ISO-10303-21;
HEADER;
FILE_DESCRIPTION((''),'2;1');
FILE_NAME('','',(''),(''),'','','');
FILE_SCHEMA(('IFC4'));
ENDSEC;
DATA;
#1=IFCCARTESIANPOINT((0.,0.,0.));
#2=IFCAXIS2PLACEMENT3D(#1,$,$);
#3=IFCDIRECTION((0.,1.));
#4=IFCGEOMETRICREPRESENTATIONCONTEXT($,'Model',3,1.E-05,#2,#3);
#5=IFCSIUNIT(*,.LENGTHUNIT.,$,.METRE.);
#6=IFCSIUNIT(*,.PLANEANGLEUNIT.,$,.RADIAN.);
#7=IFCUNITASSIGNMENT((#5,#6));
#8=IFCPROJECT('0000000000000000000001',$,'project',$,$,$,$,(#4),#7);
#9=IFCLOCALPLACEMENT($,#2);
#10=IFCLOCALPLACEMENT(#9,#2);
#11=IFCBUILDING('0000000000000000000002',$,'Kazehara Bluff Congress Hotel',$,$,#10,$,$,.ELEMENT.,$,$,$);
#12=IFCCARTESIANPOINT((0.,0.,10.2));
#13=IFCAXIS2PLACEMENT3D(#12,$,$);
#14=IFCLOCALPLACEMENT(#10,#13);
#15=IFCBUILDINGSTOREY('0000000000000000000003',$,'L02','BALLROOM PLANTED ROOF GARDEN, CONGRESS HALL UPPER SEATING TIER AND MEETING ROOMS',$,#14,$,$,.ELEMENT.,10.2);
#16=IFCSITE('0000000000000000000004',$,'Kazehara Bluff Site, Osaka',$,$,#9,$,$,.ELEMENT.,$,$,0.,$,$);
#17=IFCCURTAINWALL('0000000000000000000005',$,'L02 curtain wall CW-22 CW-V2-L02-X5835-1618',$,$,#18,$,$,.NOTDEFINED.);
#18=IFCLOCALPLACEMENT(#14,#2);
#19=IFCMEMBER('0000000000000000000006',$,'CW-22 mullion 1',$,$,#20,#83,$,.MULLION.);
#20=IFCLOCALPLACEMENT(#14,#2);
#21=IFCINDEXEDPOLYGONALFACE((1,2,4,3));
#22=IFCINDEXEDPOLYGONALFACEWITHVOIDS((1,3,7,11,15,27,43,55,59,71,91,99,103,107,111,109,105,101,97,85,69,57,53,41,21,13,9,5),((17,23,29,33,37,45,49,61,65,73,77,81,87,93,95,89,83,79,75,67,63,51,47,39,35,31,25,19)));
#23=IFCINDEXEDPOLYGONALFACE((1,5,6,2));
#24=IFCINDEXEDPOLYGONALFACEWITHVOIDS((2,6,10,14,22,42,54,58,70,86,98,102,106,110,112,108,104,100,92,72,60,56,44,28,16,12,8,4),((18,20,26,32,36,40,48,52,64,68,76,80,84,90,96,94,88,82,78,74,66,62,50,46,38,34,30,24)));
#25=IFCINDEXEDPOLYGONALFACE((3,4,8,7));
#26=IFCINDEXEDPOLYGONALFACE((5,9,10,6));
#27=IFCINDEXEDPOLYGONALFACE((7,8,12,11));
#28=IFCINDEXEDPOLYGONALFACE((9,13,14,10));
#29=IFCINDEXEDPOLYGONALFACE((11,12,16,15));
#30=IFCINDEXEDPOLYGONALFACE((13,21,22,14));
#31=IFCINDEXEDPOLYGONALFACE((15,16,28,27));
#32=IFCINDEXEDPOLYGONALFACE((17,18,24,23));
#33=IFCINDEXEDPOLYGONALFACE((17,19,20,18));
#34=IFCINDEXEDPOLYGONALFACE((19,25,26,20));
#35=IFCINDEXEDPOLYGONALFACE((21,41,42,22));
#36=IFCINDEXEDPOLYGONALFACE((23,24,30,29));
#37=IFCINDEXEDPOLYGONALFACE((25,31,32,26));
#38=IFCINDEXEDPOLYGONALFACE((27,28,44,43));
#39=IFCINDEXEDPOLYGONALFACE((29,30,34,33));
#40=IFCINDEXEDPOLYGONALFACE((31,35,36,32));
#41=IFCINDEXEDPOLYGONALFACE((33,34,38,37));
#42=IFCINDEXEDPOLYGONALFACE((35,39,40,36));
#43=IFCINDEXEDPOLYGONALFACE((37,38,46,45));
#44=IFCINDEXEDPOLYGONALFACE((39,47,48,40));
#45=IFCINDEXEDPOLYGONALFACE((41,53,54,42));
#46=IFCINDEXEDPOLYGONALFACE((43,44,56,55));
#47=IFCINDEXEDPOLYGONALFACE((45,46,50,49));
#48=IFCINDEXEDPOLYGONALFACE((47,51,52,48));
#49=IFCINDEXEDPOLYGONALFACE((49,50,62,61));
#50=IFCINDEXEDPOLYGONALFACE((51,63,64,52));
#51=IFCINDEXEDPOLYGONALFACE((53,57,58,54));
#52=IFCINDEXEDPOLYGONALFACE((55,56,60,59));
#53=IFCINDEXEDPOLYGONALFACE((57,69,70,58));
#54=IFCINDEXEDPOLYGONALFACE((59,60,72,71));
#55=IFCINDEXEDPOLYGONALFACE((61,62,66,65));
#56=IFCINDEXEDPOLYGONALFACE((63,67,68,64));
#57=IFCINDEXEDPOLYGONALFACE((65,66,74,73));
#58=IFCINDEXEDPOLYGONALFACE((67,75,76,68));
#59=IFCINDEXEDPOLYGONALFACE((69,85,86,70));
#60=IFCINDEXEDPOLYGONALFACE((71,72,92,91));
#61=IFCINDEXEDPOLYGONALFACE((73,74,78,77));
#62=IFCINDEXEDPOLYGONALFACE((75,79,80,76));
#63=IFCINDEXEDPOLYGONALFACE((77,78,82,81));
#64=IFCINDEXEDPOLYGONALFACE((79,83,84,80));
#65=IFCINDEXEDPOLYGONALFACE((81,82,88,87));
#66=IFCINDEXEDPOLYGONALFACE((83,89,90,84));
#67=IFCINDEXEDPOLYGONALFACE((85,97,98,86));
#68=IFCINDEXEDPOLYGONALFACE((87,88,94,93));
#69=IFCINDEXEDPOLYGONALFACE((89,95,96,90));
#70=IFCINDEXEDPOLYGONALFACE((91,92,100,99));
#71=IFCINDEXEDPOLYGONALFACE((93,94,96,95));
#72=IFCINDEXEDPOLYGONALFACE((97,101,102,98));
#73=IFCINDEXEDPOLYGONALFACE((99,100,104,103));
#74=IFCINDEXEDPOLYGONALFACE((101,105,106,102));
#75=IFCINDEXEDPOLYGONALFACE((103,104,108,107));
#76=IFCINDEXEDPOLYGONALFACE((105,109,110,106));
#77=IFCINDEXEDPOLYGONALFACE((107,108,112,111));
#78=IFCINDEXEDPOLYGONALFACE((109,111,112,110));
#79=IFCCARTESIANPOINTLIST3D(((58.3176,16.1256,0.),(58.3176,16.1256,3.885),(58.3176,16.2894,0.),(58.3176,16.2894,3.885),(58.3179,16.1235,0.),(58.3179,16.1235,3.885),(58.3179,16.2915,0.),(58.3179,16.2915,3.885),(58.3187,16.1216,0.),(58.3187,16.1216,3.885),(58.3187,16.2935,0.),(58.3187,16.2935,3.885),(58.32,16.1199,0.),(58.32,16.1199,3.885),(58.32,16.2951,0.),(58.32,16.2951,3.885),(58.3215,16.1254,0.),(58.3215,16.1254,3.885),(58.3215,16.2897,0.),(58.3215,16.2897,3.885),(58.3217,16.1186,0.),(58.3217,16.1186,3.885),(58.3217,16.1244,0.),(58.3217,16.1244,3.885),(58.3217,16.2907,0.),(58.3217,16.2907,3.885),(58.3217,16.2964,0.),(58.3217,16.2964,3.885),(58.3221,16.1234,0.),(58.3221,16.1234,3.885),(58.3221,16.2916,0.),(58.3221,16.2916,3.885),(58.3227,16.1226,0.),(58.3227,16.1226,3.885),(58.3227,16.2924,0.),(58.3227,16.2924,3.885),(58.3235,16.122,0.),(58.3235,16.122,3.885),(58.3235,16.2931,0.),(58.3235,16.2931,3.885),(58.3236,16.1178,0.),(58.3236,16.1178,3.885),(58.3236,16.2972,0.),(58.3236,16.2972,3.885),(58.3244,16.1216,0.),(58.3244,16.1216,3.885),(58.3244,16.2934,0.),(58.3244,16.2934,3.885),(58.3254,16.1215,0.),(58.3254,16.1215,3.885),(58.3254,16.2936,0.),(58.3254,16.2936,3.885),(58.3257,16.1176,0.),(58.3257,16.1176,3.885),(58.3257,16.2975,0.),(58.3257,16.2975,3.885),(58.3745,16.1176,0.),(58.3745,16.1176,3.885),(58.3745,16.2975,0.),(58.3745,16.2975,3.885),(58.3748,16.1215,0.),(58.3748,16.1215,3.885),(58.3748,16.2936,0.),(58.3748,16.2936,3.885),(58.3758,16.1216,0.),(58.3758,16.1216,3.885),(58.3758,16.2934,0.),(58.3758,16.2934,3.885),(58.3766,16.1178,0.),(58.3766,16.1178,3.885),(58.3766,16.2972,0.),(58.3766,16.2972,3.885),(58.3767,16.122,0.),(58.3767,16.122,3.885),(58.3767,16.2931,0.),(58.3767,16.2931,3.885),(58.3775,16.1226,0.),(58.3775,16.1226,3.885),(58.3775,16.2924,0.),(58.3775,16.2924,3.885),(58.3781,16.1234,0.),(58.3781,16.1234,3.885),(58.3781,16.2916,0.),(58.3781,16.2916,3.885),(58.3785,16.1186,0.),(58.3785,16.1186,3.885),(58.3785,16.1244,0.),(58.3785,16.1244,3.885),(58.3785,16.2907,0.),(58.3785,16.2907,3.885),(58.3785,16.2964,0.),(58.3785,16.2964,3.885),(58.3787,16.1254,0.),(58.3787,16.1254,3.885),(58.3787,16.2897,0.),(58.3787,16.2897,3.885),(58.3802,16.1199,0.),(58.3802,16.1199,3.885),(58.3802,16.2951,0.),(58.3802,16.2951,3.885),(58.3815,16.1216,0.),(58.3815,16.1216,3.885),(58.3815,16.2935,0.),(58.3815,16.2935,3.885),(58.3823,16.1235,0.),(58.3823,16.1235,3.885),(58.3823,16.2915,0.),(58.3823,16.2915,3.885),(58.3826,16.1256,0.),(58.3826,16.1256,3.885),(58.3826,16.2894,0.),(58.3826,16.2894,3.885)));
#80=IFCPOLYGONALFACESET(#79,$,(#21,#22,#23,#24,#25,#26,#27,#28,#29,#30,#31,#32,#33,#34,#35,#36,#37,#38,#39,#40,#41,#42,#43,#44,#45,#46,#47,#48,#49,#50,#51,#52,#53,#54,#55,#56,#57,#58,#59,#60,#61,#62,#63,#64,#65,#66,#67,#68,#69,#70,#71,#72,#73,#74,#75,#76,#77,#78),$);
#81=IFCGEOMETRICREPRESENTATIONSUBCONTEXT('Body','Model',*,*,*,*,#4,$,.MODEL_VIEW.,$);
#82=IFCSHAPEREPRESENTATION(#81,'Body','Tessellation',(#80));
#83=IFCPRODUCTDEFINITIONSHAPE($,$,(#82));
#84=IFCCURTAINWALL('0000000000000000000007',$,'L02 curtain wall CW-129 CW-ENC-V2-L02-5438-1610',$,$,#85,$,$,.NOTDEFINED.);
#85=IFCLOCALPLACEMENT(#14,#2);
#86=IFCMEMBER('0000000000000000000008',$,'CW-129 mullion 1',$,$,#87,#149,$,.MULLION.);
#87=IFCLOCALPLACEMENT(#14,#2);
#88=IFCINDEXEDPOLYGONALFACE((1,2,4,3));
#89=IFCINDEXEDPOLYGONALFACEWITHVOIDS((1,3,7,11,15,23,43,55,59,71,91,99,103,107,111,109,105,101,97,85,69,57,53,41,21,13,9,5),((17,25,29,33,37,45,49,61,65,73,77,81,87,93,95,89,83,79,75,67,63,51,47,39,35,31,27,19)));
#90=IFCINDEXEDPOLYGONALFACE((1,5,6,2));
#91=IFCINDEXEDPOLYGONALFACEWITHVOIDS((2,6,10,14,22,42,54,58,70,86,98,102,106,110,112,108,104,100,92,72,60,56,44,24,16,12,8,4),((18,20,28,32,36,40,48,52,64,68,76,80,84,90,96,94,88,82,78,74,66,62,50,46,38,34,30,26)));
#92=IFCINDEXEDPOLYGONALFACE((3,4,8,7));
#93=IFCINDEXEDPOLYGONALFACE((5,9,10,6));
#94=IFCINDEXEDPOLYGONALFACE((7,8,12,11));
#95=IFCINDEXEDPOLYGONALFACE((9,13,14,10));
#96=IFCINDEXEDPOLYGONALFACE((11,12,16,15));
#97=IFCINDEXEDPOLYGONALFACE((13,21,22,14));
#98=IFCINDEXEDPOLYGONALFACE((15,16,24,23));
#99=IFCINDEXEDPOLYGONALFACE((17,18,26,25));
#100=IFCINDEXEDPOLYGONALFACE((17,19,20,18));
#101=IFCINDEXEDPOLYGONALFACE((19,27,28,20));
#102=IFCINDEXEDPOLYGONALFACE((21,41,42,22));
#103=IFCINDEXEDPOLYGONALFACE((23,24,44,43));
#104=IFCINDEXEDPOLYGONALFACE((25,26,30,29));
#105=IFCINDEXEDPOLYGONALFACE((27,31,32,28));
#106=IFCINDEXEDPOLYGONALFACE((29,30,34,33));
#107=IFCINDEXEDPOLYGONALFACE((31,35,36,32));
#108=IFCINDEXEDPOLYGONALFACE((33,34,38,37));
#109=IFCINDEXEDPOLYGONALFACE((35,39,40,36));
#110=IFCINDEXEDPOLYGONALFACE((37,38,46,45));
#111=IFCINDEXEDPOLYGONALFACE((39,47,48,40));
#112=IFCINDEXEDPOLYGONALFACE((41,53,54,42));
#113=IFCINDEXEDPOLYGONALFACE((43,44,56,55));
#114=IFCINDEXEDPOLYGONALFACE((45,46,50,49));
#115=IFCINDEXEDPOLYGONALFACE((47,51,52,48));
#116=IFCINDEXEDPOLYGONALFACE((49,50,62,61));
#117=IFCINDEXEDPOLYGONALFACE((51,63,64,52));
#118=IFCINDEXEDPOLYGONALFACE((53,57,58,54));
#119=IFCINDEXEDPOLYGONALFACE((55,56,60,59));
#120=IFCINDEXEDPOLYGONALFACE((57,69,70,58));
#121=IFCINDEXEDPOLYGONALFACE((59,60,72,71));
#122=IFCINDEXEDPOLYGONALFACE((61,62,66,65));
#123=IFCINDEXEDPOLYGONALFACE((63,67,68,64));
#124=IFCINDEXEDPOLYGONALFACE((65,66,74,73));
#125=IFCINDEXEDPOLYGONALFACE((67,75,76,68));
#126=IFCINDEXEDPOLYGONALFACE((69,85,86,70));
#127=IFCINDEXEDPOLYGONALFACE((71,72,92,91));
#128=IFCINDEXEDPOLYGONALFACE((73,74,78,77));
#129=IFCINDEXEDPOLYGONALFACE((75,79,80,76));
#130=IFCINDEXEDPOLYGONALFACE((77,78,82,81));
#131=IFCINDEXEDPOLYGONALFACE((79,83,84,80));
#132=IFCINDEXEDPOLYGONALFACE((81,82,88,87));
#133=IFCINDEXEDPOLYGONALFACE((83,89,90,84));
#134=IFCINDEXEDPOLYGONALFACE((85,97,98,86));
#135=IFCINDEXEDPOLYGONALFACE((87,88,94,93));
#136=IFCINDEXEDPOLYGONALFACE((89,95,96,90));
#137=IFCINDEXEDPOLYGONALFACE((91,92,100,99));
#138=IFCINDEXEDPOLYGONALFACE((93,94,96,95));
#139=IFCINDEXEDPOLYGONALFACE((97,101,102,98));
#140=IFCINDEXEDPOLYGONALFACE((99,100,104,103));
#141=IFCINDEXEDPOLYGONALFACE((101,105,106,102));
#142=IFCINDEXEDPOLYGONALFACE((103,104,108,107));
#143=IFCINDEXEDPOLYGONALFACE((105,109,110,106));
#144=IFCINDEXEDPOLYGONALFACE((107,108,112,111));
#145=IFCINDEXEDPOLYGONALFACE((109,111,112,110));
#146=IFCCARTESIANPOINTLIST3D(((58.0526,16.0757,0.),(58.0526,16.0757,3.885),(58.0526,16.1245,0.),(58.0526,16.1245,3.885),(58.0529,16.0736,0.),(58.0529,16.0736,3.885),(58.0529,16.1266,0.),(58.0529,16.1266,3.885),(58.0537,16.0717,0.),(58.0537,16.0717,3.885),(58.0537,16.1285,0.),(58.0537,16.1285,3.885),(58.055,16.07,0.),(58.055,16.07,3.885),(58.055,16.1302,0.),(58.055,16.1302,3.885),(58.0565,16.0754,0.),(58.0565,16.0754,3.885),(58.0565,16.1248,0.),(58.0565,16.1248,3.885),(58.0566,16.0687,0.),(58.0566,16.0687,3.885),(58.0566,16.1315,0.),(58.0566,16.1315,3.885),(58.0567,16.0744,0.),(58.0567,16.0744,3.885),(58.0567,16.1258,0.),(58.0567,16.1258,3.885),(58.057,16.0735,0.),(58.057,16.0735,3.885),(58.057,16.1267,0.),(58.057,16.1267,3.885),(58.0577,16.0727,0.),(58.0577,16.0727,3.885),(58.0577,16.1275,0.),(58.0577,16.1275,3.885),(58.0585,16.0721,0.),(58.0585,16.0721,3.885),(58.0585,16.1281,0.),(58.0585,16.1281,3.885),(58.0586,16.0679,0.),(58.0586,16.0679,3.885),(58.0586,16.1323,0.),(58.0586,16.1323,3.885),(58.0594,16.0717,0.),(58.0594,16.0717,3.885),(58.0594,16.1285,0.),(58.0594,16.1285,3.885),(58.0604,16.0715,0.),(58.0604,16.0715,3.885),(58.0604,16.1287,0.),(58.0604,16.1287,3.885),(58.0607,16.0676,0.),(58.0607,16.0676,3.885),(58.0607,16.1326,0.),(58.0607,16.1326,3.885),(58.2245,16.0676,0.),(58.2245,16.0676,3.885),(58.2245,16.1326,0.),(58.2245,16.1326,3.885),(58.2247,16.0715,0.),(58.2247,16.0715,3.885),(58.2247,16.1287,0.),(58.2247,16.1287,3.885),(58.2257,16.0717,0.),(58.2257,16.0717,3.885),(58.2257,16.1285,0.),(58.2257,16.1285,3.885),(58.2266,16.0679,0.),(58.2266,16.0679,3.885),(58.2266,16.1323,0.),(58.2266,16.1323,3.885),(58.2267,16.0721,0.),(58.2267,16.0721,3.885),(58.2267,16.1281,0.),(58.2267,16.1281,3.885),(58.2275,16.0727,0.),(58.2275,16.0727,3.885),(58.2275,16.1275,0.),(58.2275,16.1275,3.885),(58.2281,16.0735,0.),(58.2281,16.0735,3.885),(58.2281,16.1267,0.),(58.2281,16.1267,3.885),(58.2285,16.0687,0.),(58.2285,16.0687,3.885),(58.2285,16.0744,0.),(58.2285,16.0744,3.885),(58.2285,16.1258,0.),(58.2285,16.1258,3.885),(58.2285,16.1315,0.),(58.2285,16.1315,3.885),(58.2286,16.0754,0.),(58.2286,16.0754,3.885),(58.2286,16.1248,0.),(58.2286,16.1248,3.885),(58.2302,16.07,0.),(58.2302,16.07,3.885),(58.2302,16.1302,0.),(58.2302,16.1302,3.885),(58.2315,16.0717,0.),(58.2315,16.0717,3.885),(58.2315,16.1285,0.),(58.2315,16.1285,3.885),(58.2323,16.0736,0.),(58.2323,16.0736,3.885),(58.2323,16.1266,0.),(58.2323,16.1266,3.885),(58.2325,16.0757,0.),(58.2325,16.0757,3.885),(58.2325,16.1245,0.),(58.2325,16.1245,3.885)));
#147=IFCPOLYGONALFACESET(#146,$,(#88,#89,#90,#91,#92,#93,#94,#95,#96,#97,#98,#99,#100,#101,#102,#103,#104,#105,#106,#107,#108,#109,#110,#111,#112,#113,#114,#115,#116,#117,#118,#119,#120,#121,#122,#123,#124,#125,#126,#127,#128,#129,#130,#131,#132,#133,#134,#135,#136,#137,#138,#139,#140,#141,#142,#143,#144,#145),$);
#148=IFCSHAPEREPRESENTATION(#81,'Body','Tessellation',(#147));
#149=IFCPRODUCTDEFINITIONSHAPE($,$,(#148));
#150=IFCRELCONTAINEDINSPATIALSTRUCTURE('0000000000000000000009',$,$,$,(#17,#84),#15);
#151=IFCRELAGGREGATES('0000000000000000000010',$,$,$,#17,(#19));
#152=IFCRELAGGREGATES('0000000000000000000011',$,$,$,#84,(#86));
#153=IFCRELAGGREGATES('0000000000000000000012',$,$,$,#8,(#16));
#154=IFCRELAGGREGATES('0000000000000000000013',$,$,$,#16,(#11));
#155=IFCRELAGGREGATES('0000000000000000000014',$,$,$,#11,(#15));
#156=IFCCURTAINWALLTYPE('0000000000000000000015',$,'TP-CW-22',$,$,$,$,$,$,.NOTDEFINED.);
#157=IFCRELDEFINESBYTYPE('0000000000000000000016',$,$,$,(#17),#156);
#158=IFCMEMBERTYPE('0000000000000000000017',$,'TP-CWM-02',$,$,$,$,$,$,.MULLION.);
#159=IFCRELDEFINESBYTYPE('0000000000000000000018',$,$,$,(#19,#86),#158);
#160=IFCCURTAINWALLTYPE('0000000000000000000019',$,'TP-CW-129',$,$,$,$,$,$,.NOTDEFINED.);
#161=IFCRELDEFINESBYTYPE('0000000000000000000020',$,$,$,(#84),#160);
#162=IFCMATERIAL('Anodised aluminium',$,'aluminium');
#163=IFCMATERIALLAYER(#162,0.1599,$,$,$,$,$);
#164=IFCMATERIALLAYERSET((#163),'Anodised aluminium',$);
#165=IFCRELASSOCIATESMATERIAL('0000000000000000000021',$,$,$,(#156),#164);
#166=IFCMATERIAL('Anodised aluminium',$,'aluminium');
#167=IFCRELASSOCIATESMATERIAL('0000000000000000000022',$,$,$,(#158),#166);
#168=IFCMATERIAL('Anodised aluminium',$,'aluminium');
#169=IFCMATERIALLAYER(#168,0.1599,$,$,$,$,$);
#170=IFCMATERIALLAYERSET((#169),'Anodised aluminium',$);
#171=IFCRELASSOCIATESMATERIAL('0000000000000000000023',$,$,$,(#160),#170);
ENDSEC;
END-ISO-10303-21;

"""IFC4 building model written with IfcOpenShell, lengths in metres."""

from ifc_helpers import new_model, si_unit, direction, frame, origin, origin_2d, place, context, subcontext, project, spatial, hollow_rectangle, extrude, material, layer, layer_set, material_profile, profile_set, type_object, element, aggregate, save


model = new_model("IFC4")

# Units and contexts
model_context = context("Model", 3, precision=1e-05, world=origin(), true_north=direction((0.0, 1.0)))
body_context = subcontext(model_context, "Body", "Model", "MODEL_VIEW")
ifc_project = project(units=[si_unit("LENGTHUNIT", "METRE"), si_unit("PLANEANGLEUNIT", "RADIAN")], contexts=[model_context])

# Site, building, storey
site_placement = place(None, origin())
site = spatial("IfcSite", under=ifc_project, at=site_placement, Name="Kazehara Bluff Site, Osaka", CompositionType="ELEMENT", RefElevation=0.0)
building_placement = place(site_placement, origin())
building = spatial("IfcBuilding", under=site, at=building_placement, Name="Kazehara Bluff Congress Hotel", CompositionType="ELEMENT")
storey_placement = place(building_placement, frame((0.0, 0.0, 10.2)))
storey = spatial("IfcBuildingStorey", under=building, at=storey_placement, Name="L02", Description="BALLROOM PLANTED ROOF GARDEN, CONGRESS HALL UPPER SEATING TIER AND MEETING ROOMS", CompositionType="ELEMENT", Elevation=10.2)

# Curtain wall, member
ifc_material_1 = material(Name="Anodised aluminium", Category="aluminium")
ifc_layer_1 = layer(ifc_material_1, 0.1599)
ifc_layer_set_1 = layer_set([ifc_layer_1], Name="Anodised aluminium")
curtain_wall_type_1 = type_object("IfcCurtainWallType", Name="TP-CW-22", PredefinedType="NOTDEFINED", material=ifc_layer_set_1)
curtain_wall_1_placement = place(storey_placement, origin())
curtain_wall_1 = element("IfcCurtainWall", 1, at=curtain_wall_1_placement, inside=storey, type_object=curtain_wall_type_1, Name="L02 curtain wall CW-22 CW-V2-L02-X5835-1618", PredefinedType="NOTDEFINED")
ifc_material_2 = material(Name="Anodised aluminium", Category="aluminium")
ifc_material_profile_1 = material_profile(ifc_material_2, hollow_rectangle(XDim=0.0649, YDim=0.1799, WallThickness=0.0039, InnerFilletRadius=0.0039, OuterFilletRadius=0.0081, at=origin_2d()))
ifc_profile_set_1 = profile_set([ifc_material_profile_1], Name="Anodised aluminium")
member_type_1 = type_object("IfcMemberType", Name="TP-CWM-02", PredefinedType="MULLION", material=ifc_profile_set_1)
member_1_placement = place(storey_placement, frame((58.3501, 16.2075, 0.0), z_axis=(0.0, 0.0, 1.0), x_axis=(-1.0, 0.0, 0.0)))
member_1 = element("IfcMember", 2, at=member_1_placement, type_object=member_type_1, Name="CW-22 mullion 1", PredefinedType="MULLION", context=body_context, shape_type="SweptSolid", body=[
    extrude(hollow_rectangle(XDim=0.0649, YDim=0.1799, WallThickness=0.0039, InnerFilletRadius=0.0039, OuterFilletRadius=0.0081, at=origin_2d()), origin(), (0.0, 0.0, 1.0), 3.885),
])

# Curtain wall, member
ifc_material_3 = material(Name="Anodised aluminium", Category="aluminium")
ifc_layer_2 = layer(ifc_material_3, 0.1599)
ifc_layer_set_2 = layer_set([ifc_layer_2], Name="Anodised aluminium")
curtain_wall_type_2 = type_object("IfcCurtainWallType", Name="TP-CW-129", PredefinedType="NOTDEFINED", material=ifc_layer_set_2)
curtain_wall_2_placement = place(storey_placement, origin())
curtain_wall_2 = element("IfcCurtainWall", 3, at=curtain_wall_2_placement, inside=storey, type_object=curtain_wall_type_2, Name="L02 curtain wall CW-129 CW-ENC-V2-L02-5438-1610", PredefinedType="NOTDEFINED")
member_2_placement = place(storey_placement, frame((58.1426, 16.1001, 0.0), z_axis=(0.0, 0.0, 1.0), x_axis=(0.0, -1.0, 0.0)))
member_2 = element("IfcMember", 4, at=member_2_placement, type_object=member_type_1, Name="CW-129 mullion 1", PredefinedType="MULLION", context=body_context, shape_type="SweptSolid", body=[
    extrude(hollow_rectangle(XDim=0.0649, YDim=0.1799, WallThickness=0.0039, InnerFilletRadius=0.0039, OuterFilletRadius=0.0081, at=origin_2d()), origin(), (0.0, 0.0, 1.0), 3.885),
])

aggregate(curtain_wall_1, [member_1])
aggregate(curtain_wall_2, [member_2])

save(model, "model.ifc")
